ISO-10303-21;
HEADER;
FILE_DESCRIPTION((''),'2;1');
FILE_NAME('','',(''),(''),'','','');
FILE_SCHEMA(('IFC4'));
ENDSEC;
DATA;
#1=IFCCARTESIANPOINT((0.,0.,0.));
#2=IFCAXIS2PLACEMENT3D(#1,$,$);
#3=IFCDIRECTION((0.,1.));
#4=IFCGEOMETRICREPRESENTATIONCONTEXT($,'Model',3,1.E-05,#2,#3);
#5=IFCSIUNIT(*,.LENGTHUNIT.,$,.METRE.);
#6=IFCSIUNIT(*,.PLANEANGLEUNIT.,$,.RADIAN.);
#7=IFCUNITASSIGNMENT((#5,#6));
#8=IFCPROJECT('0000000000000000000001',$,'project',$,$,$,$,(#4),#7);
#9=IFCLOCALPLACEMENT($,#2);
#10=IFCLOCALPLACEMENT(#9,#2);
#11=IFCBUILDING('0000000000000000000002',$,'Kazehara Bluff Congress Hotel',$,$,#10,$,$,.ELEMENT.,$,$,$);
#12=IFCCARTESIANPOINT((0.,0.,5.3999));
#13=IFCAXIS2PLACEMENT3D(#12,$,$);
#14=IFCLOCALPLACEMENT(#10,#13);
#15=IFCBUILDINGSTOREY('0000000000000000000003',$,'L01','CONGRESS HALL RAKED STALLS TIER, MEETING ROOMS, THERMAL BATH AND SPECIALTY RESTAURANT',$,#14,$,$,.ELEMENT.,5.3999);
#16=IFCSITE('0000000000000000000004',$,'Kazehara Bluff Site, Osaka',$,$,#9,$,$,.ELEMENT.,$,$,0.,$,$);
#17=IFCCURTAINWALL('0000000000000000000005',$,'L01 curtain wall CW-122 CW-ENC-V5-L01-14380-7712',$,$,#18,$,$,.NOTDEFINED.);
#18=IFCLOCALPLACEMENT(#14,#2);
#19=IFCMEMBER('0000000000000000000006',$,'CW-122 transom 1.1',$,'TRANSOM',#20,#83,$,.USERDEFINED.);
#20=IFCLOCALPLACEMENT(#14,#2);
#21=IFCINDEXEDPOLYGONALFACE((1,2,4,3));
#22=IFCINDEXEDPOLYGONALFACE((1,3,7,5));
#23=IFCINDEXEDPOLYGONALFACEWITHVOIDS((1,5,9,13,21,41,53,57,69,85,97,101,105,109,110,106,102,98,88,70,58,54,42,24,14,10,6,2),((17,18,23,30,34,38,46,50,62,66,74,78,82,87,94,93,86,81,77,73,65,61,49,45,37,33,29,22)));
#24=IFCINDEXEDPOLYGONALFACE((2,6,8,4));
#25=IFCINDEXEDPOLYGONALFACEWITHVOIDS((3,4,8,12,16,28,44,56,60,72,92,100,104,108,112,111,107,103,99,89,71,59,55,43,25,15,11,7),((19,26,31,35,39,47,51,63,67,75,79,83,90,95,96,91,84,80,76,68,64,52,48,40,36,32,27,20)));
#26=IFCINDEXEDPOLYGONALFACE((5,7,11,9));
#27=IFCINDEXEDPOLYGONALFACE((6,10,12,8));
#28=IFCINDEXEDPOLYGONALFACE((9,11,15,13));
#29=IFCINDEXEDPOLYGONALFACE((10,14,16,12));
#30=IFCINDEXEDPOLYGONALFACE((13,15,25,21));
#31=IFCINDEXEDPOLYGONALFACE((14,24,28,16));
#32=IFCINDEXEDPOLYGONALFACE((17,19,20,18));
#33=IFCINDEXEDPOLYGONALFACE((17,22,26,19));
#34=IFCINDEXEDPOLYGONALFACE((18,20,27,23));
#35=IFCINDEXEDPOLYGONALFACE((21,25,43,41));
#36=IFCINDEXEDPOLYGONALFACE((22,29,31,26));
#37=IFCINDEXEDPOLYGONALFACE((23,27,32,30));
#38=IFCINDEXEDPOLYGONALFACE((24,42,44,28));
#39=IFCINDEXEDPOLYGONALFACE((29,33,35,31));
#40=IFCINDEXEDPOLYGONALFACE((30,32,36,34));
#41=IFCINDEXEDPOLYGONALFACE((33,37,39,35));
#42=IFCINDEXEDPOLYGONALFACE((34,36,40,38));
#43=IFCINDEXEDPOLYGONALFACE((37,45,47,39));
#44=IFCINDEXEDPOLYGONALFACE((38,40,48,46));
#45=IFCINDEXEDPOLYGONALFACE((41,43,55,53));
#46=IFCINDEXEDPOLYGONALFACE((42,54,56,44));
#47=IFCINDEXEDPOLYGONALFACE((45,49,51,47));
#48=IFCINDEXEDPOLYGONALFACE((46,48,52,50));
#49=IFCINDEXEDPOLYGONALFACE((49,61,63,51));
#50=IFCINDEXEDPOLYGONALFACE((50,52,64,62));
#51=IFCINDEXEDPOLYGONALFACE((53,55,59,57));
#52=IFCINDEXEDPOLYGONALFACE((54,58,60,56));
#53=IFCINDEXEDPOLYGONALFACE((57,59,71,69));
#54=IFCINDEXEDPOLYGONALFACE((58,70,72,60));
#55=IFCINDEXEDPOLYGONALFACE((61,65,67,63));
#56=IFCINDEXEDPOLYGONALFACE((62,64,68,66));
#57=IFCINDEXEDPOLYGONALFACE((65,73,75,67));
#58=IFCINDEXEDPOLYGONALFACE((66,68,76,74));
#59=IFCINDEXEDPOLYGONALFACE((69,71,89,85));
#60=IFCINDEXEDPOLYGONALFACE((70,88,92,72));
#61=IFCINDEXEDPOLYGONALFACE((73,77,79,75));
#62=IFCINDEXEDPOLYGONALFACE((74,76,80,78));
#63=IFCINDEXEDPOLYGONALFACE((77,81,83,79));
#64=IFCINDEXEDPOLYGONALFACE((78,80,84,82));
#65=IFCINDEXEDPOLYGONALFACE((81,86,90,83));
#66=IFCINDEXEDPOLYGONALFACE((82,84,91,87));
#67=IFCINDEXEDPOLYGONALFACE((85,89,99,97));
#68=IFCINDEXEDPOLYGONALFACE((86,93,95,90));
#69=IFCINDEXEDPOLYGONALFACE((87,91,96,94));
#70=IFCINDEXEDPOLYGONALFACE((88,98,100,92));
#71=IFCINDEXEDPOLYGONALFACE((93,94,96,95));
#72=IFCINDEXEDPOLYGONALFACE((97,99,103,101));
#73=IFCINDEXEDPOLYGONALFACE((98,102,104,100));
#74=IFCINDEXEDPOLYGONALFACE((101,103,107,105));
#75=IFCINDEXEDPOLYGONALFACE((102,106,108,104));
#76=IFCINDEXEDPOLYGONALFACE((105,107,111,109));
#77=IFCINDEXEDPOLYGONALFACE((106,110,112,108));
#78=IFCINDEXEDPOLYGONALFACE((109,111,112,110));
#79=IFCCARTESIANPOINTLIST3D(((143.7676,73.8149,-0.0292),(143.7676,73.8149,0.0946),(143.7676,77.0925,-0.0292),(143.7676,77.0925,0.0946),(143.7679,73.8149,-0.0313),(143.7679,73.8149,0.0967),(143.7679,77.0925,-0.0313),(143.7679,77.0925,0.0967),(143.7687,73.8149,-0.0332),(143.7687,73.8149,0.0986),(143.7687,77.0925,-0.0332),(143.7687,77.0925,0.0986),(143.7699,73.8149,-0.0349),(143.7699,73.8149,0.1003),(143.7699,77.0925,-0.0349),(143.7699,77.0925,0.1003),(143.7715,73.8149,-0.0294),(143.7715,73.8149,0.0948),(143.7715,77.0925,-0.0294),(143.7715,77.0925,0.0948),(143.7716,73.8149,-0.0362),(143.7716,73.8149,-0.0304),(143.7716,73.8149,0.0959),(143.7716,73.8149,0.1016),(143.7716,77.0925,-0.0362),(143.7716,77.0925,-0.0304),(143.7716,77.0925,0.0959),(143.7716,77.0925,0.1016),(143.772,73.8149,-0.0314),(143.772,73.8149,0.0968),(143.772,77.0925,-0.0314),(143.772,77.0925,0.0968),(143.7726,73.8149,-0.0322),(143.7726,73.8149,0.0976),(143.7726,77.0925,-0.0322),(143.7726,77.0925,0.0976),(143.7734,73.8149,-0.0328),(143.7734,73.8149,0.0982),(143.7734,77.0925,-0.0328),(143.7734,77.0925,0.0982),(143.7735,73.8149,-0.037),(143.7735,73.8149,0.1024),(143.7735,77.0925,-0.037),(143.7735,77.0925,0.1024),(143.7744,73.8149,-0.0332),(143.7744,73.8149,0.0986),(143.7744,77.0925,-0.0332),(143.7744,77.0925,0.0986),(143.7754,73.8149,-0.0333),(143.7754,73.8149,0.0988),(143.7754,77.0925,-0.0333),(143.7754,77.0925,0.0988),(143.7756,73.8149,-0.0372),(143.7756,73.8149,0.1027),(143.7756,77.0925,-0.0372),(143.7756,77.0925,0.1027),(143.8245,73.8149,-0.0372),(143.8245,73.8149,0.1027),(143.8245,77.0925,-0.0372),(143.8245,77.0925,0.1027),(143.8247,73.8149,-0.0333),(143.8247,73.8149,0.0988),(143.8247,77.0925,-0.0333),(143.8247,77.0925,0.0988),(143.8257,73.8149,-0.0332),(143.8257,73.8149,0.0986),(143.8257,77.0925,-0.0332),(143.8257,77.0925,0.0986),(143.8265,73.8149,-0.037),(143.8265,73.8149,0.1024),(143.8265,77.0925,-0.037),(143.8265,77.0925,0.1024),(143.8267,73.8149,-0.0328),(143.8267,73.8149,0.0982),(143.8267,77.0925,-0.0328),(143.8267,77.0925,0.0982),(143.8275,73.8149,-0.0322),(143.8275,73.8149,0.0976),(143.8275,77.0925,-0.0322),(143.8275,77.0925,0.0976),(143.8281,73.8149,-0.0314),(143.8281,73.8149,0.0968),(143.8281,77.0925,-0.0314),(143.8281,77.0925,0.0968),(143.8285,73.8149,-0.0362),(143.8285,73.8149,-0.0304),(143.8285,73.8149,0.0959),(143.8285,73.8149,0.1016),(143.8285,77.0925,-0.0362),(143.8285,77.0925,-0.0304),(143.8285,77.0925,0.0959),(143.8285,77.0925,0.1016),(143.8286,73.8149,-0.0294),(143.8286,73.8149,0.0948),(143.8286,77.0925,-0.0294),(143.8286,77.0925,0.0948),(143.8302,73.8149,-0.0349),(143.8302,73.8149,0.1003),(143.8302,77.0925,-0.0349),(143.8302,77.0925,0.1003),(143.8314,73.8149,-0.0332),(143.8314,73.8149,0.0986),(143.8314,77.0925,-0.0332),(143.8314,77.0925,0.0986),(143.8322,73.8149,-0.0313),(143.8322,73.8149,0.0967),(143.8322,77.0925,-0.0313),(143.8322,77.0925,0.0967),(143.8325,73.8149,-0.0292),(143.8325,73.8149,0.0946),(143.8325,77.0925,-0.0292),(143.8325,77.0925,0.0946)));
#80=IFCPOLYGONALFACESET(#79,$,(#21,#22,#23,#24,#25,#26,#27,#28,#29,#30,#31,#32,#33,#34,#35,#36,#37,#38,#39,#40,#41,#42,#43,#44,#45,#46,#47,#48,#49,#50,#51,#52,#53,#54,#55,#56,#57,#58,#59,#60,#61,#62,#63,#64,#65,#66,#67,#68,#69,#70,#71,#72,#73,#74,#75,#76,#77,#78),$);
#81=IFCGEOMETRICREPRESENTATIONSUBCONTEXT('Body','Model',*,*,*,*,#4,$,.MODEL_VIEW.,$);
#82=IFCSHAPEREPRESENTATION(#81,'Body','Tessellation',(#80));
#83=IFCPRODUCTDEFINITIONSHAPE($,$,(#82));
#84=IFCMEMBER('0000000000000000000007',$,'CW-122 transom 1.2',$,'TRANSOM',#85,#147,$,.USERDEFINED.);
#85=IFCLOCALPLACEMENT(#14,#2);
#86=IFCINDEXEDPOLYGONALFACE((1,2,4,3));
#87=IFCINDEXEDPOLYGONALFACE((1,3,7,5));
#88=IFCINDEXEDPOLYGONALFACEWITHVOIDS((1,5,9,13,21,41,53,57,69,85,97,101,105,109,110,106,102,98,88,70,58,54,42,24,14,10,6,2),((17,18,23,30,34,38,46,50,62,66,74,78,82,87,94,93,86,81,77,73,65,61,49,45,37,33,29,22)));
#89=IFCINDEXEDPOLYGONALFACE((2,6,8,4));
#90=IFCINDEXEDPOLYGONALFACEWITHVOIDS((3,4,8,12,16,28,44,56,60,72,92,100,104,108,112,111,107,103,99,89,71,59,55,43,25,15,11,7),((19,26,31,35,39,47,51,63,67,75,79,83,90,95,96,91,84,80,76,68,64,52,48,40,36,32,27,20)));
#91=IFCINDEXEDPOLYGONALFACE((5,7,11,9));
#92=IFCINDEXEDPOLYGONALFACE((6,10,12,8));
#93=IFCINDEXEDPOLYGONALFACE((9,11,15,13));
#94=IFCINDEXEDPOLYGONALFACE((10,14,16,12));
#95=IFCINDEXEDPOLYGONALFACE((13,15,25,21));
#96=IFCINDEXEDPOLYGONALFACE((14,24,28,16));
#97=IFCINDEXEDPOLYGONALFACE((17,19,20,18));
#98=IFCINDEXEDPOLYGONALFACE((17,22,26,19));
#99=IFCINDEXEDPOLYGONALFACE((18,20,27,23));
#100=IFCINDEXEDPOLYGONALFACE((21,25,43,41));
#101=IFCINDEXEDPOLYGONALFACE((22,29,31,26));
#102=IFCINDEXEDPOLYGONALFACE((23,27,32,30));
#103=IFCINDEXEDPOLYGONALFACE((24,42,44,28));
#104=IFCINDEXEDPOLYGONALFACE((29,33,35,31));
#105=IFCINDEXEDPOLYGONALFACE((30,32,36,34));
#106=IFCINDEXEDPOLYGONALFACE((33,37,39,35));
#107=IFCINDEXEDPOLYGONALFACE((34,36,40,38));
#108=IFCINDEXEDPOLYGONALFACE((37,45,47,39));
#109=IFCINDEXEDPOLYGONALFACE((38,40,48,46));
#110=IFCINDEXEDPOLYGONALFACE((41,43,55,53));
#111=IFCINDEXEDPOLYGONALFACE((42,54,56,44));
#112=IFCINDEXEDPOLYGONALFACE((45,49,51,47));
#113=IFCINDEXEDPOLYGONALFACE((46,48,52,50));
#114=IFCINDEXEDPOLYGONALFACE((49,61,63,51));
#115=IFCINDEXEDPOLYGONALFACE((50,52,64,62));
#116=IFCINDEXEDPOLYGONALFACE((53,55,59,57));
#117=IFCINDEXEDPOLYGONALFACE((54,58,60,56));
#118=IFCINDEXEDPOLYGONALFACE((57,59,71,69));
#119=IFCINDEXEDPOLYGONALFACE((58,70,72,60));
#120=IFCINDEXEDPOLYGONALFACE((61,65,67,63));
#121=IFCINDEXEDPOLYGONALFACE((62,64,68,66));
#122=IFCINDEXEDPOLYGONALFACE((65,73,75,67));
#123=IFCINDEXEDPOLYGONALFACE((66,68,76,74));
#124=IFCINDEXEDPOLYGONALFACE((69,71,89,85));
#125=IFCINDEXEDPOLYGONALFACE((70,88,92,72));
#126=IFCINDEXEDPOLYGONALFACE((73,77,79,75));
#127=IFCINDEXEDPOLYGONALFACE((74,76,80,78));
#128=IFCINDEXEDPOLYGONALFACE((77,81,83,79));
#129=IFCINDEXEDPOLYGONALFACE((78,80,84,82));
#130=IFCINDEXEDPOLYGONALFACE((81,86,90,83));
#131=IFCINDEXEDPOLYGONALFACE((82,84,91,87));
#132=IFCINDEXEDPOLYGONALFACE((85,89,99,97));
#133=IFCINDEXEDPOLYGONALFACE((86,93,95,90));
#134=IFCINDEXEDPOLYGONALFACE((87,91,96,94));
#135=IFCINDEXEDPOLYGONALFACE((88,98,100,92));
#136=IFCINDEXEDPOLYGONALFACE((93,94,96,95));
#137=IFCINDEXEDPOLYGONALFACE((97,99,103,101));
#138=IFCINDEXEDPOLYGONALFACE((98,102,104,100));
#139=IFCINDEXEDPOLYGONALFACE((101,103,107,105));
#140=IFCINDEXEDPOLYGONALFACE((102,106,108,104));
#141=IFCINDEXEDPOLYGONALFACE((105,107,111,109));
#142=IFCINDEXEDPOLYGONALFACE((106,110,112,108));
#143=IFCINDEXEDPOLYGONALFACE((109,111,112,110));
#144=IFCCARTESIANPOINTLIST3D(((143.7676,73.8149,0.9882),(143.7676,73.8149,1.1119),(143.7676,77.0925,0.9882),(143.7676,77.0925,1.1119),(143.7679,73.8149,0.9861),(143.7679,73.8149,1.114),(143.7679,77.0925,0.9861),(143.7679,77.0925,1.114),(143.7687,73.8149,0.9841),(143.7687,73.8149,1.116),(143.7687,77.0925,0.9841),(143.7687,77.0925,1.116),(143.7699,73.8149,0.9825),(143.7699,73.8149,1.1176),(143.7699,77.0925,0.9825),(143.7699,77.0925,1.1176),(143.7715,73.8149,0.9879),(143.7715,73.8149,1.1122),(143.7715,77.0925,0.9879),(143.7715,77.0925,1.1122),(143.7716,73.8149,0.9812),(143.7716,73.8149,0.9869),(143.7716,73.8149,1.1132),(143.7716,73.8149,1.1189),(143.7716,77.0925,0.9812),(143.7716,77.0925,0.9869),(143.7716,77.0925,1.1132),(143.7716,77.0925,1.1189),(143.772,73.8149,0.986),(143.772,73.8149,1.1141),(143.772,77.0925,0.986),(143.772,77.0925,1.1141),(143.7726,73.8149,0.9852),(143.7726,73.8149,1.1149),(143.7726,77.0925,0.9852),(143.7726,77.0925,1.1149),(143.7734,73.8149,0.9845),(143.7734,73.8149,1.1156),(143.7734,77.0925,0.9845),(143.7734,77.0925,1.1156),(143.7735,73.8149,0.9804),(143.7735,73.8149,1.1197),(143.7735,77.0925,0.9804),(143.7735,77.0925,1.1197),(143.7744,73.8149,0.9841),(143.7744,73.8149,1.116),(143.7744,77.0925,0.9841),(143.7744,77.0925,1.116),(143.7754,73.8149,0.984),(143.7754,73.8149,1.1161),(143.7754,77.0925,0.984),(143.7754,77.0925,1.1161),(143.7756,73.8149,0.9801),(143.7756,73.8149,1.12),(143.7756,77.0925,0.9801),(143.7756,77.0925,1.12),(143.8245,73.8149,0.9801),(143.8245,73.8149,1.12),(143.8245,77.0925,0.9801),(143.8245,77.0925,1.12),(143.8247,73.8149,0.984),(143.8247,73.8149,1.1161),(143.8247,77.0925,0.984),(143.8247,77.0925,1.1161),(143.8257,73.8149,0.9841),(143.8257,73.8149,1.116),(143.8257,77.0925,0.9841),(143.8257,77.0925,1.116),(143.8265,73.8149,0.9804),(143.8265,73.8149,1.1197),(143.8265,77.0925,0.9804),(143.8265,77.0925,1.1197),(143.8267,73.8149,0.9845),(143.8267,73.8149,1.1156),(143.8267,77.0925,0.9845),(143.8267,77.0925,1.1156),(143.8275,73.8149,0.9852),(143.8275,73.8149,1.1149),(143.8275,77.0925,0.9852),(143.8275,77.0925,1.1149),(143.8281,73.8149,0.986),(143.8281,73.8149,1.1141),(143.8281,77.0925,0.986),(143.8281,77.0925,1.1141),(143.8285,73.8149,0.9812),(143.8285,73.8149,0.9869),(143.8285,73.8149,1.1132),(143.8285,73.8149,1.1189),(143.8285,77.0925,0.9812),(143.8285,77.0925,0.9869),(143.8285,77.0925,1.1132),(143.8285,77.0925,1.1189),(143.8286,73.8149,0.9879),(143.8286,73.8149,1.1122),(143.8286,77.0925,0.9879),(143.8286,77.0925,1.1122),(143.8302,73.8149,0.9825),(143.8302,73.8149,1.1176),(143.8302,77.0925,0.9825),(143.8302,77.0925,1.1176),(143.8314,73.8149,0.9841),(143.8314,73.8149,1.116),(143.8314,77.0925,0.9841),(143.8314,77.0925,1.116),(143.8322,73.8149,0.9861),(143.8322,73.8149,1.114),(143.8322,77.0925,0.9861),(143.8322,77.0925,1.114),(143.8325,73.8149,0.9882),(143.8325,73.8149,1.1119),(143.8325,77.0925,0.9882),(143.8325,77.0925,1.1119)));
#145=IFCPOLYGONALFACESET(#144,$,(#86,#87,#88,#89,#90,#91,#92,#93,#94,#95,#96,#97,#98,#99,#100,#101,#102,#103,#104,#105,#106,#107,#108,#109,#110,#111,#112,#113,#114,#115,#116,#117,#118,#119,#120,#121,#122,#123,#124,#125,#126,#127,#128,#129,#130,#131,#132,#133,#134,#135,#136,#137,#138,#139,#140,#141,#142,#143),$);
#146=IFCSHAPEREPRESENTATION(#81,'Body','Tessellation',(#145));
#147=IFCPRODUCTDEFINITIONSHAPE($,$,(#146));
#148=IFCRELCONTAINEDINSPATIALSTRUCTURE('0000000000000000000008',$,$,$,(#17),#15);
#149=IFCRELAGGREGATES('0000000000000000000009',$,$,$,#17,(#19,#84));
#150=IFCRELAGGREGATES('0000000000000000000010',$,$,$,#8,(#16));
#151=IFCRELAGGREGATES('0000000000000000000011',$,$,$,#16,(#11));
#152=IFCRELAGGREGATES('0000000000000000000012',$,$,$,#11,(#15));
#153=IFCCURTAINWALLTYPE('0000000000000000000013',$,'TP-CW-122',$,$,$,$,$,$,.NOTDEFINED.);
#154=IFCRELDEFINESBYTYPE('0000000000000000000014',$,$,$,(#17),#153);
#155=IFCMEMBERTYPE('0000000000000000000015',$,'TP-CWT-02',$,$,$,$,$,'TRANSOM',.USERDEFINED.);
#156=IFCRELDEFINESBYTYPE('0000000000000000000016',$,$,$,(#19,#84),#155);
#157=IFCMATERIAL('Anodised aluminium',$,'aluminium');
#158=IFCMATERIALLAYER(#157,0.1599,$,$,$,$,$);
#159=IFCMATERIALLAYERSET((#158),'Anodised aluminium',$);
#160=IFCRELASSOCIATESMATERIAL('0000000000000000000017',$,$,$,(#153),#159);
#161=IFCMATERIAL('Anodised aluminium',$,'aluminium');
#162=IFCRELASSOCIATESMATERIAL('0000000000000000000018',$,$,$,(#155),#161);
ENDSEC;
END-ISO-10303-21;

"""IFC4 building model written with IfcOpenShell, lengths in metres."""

from ifc_helpers import new_model, si_unit, direction, frame, origin, origin_2d, place, context, subcontext, project, spatial, hollow_rectangle, extrude, material, layer, layer_set, material_profile, profile_set, type_object, element, aggregate, save


model = new_model("IFC4")

# Units and contexts
model_context = context("Model", 3, precision=1e-05, world=origin(), true_north=direction((0.0, 1.0)))
body_context = subcontext(model_context, "Body", "Model", "MODEL_VIEW")
ifc_project = project(units=[si_unit("LENGTHUNIT", "METRE"), si_unit("PLANEANGLEUNIT", "RADIAN")], contexts=[model_context])

# Site, building, storey
site_placement = place(None, origin())
site = spatial("IfcSite", under=ifc_project, at=site_placement, Name="Kazehara Bluff Site, Osaka", CompositionType="ELEMENT", RefElevation=0.0)
building_placement = place(site_placement, origin())
building = spatial("IfcBuilding", under=site, at=building_placement, Name="Kazehara Bluff Congress Hotel", CompositionType="ELEMENT")
storey_placement = place(building_placement, frame((0.0, 0.0, 5.3999)))
storey = spatial("IfcBuildingStorey", under=building, at=storey_placement, Name="L01", Description="CONGRESS HALL RAKED STALLS TIER, MEETING ROOMS, THERMAL BATH AND SPECIALTY RESTAURANT", CompositionType="ELEMENT", Elevation=5.3999)

# Curtain wall
ifc_material_1 = material(Name="Anodised aluminium", Category="aluminium")
ifc_layer_1 = layer(ifc_material_1, 0.1599)
ifc_layer_set_1 = layer_set([ifc_layer_1], Name="Anodised aluminium")
curtain_wall_type_1 = type_object("IfcCurtainWallType", Name="TP-CW-122", PredefinedType="NOTDEFINED", material=ifc_layer_set_1)
curtain_wall_1_placement = place(storey_placement, origin())
curtain_wall_1 = element("IfcCurtainWall", 1, at=curtain_wall_1_placement, inside=storey, type_object=curtain_wall_type_1, Name="L01 curtain wall CW-122 CW-ENC-V5-L01-14380-7712", PredefinedType="NOTDEFINED")

# Members
ifc_material_2 = material(Name="Anodised aluminium", Category="aluminium")
ifc_material_profile_1 = material_profile(ifc_material_2, hollow_rectangle(XDim=0.0649, YDim=0.1399, WallThickness=0.0039, InnerFilletRadius=0.0039, OuterFilletRadius=0.0081, at=origin_2d()))
ifc_profile_set_1 = profile_set([ifc_material_profile_1], Name="Anodised aluminium")
member_type_1 = type_object("IfcMemberType", Name="TP-CWT-02", ElementType="TRANSOM", PredefinedType="USERDEFINED", material=ifc_profile_set_1)
member_1_placement = place(storey_placement, frame((143.8, 73.8149, 0.0327), z_axis=(0.0, 1.0, 0.0), x_axis=(-1.0, 0.0, 0.0)))
member_1 = element("IfcMember", 2, at=member_1_placement, type_object=member_type_1, Name="CW-122 transom 1.1", ObjectType="TRANSOM", PredefinedType="USERDEFINED", context=body_context, shape_type="SweptSolid", body=[
    extrude(hollow_rectangle(XDim=0.0649, YDim=0.1399, WallThickness=0.0039, InnerFilletRadius=0.0039, OuterFilletRadius=0.0081, at=origin_2d()), origin(), (0.0, 0.0, 1.0), 3.2776),
])
member_2_placement = place(storey_placement, frame((143.8, 73.8149, 1.05), z_axis=(0.0, 1.0, 0.0), x_axis=(-1.0, 0.0, 0.0)))
member_2 = element("IfcMember", 3, at=member_2_placement, type_object=member_type_1, Name="CW-122 transom 1.2", ObjectType="TRANSOM", PredefinedType="USERDEFINED", context=body_context, shape_type="SweptSolid", body=[
    extrude(hollow_rectangle(XDim=0.0649, YDim=0.1399, WallThickness=0.0039, InnerFilletRadius=0.0039, OuterFilletRadius=0.0081, at=origin_2d()), origin(), (0.0, 0.0, 1.0), 3.2776),
])
aggregate(curtain_wall_1, [member_1, member_2])

save(model, "model.ifc")
